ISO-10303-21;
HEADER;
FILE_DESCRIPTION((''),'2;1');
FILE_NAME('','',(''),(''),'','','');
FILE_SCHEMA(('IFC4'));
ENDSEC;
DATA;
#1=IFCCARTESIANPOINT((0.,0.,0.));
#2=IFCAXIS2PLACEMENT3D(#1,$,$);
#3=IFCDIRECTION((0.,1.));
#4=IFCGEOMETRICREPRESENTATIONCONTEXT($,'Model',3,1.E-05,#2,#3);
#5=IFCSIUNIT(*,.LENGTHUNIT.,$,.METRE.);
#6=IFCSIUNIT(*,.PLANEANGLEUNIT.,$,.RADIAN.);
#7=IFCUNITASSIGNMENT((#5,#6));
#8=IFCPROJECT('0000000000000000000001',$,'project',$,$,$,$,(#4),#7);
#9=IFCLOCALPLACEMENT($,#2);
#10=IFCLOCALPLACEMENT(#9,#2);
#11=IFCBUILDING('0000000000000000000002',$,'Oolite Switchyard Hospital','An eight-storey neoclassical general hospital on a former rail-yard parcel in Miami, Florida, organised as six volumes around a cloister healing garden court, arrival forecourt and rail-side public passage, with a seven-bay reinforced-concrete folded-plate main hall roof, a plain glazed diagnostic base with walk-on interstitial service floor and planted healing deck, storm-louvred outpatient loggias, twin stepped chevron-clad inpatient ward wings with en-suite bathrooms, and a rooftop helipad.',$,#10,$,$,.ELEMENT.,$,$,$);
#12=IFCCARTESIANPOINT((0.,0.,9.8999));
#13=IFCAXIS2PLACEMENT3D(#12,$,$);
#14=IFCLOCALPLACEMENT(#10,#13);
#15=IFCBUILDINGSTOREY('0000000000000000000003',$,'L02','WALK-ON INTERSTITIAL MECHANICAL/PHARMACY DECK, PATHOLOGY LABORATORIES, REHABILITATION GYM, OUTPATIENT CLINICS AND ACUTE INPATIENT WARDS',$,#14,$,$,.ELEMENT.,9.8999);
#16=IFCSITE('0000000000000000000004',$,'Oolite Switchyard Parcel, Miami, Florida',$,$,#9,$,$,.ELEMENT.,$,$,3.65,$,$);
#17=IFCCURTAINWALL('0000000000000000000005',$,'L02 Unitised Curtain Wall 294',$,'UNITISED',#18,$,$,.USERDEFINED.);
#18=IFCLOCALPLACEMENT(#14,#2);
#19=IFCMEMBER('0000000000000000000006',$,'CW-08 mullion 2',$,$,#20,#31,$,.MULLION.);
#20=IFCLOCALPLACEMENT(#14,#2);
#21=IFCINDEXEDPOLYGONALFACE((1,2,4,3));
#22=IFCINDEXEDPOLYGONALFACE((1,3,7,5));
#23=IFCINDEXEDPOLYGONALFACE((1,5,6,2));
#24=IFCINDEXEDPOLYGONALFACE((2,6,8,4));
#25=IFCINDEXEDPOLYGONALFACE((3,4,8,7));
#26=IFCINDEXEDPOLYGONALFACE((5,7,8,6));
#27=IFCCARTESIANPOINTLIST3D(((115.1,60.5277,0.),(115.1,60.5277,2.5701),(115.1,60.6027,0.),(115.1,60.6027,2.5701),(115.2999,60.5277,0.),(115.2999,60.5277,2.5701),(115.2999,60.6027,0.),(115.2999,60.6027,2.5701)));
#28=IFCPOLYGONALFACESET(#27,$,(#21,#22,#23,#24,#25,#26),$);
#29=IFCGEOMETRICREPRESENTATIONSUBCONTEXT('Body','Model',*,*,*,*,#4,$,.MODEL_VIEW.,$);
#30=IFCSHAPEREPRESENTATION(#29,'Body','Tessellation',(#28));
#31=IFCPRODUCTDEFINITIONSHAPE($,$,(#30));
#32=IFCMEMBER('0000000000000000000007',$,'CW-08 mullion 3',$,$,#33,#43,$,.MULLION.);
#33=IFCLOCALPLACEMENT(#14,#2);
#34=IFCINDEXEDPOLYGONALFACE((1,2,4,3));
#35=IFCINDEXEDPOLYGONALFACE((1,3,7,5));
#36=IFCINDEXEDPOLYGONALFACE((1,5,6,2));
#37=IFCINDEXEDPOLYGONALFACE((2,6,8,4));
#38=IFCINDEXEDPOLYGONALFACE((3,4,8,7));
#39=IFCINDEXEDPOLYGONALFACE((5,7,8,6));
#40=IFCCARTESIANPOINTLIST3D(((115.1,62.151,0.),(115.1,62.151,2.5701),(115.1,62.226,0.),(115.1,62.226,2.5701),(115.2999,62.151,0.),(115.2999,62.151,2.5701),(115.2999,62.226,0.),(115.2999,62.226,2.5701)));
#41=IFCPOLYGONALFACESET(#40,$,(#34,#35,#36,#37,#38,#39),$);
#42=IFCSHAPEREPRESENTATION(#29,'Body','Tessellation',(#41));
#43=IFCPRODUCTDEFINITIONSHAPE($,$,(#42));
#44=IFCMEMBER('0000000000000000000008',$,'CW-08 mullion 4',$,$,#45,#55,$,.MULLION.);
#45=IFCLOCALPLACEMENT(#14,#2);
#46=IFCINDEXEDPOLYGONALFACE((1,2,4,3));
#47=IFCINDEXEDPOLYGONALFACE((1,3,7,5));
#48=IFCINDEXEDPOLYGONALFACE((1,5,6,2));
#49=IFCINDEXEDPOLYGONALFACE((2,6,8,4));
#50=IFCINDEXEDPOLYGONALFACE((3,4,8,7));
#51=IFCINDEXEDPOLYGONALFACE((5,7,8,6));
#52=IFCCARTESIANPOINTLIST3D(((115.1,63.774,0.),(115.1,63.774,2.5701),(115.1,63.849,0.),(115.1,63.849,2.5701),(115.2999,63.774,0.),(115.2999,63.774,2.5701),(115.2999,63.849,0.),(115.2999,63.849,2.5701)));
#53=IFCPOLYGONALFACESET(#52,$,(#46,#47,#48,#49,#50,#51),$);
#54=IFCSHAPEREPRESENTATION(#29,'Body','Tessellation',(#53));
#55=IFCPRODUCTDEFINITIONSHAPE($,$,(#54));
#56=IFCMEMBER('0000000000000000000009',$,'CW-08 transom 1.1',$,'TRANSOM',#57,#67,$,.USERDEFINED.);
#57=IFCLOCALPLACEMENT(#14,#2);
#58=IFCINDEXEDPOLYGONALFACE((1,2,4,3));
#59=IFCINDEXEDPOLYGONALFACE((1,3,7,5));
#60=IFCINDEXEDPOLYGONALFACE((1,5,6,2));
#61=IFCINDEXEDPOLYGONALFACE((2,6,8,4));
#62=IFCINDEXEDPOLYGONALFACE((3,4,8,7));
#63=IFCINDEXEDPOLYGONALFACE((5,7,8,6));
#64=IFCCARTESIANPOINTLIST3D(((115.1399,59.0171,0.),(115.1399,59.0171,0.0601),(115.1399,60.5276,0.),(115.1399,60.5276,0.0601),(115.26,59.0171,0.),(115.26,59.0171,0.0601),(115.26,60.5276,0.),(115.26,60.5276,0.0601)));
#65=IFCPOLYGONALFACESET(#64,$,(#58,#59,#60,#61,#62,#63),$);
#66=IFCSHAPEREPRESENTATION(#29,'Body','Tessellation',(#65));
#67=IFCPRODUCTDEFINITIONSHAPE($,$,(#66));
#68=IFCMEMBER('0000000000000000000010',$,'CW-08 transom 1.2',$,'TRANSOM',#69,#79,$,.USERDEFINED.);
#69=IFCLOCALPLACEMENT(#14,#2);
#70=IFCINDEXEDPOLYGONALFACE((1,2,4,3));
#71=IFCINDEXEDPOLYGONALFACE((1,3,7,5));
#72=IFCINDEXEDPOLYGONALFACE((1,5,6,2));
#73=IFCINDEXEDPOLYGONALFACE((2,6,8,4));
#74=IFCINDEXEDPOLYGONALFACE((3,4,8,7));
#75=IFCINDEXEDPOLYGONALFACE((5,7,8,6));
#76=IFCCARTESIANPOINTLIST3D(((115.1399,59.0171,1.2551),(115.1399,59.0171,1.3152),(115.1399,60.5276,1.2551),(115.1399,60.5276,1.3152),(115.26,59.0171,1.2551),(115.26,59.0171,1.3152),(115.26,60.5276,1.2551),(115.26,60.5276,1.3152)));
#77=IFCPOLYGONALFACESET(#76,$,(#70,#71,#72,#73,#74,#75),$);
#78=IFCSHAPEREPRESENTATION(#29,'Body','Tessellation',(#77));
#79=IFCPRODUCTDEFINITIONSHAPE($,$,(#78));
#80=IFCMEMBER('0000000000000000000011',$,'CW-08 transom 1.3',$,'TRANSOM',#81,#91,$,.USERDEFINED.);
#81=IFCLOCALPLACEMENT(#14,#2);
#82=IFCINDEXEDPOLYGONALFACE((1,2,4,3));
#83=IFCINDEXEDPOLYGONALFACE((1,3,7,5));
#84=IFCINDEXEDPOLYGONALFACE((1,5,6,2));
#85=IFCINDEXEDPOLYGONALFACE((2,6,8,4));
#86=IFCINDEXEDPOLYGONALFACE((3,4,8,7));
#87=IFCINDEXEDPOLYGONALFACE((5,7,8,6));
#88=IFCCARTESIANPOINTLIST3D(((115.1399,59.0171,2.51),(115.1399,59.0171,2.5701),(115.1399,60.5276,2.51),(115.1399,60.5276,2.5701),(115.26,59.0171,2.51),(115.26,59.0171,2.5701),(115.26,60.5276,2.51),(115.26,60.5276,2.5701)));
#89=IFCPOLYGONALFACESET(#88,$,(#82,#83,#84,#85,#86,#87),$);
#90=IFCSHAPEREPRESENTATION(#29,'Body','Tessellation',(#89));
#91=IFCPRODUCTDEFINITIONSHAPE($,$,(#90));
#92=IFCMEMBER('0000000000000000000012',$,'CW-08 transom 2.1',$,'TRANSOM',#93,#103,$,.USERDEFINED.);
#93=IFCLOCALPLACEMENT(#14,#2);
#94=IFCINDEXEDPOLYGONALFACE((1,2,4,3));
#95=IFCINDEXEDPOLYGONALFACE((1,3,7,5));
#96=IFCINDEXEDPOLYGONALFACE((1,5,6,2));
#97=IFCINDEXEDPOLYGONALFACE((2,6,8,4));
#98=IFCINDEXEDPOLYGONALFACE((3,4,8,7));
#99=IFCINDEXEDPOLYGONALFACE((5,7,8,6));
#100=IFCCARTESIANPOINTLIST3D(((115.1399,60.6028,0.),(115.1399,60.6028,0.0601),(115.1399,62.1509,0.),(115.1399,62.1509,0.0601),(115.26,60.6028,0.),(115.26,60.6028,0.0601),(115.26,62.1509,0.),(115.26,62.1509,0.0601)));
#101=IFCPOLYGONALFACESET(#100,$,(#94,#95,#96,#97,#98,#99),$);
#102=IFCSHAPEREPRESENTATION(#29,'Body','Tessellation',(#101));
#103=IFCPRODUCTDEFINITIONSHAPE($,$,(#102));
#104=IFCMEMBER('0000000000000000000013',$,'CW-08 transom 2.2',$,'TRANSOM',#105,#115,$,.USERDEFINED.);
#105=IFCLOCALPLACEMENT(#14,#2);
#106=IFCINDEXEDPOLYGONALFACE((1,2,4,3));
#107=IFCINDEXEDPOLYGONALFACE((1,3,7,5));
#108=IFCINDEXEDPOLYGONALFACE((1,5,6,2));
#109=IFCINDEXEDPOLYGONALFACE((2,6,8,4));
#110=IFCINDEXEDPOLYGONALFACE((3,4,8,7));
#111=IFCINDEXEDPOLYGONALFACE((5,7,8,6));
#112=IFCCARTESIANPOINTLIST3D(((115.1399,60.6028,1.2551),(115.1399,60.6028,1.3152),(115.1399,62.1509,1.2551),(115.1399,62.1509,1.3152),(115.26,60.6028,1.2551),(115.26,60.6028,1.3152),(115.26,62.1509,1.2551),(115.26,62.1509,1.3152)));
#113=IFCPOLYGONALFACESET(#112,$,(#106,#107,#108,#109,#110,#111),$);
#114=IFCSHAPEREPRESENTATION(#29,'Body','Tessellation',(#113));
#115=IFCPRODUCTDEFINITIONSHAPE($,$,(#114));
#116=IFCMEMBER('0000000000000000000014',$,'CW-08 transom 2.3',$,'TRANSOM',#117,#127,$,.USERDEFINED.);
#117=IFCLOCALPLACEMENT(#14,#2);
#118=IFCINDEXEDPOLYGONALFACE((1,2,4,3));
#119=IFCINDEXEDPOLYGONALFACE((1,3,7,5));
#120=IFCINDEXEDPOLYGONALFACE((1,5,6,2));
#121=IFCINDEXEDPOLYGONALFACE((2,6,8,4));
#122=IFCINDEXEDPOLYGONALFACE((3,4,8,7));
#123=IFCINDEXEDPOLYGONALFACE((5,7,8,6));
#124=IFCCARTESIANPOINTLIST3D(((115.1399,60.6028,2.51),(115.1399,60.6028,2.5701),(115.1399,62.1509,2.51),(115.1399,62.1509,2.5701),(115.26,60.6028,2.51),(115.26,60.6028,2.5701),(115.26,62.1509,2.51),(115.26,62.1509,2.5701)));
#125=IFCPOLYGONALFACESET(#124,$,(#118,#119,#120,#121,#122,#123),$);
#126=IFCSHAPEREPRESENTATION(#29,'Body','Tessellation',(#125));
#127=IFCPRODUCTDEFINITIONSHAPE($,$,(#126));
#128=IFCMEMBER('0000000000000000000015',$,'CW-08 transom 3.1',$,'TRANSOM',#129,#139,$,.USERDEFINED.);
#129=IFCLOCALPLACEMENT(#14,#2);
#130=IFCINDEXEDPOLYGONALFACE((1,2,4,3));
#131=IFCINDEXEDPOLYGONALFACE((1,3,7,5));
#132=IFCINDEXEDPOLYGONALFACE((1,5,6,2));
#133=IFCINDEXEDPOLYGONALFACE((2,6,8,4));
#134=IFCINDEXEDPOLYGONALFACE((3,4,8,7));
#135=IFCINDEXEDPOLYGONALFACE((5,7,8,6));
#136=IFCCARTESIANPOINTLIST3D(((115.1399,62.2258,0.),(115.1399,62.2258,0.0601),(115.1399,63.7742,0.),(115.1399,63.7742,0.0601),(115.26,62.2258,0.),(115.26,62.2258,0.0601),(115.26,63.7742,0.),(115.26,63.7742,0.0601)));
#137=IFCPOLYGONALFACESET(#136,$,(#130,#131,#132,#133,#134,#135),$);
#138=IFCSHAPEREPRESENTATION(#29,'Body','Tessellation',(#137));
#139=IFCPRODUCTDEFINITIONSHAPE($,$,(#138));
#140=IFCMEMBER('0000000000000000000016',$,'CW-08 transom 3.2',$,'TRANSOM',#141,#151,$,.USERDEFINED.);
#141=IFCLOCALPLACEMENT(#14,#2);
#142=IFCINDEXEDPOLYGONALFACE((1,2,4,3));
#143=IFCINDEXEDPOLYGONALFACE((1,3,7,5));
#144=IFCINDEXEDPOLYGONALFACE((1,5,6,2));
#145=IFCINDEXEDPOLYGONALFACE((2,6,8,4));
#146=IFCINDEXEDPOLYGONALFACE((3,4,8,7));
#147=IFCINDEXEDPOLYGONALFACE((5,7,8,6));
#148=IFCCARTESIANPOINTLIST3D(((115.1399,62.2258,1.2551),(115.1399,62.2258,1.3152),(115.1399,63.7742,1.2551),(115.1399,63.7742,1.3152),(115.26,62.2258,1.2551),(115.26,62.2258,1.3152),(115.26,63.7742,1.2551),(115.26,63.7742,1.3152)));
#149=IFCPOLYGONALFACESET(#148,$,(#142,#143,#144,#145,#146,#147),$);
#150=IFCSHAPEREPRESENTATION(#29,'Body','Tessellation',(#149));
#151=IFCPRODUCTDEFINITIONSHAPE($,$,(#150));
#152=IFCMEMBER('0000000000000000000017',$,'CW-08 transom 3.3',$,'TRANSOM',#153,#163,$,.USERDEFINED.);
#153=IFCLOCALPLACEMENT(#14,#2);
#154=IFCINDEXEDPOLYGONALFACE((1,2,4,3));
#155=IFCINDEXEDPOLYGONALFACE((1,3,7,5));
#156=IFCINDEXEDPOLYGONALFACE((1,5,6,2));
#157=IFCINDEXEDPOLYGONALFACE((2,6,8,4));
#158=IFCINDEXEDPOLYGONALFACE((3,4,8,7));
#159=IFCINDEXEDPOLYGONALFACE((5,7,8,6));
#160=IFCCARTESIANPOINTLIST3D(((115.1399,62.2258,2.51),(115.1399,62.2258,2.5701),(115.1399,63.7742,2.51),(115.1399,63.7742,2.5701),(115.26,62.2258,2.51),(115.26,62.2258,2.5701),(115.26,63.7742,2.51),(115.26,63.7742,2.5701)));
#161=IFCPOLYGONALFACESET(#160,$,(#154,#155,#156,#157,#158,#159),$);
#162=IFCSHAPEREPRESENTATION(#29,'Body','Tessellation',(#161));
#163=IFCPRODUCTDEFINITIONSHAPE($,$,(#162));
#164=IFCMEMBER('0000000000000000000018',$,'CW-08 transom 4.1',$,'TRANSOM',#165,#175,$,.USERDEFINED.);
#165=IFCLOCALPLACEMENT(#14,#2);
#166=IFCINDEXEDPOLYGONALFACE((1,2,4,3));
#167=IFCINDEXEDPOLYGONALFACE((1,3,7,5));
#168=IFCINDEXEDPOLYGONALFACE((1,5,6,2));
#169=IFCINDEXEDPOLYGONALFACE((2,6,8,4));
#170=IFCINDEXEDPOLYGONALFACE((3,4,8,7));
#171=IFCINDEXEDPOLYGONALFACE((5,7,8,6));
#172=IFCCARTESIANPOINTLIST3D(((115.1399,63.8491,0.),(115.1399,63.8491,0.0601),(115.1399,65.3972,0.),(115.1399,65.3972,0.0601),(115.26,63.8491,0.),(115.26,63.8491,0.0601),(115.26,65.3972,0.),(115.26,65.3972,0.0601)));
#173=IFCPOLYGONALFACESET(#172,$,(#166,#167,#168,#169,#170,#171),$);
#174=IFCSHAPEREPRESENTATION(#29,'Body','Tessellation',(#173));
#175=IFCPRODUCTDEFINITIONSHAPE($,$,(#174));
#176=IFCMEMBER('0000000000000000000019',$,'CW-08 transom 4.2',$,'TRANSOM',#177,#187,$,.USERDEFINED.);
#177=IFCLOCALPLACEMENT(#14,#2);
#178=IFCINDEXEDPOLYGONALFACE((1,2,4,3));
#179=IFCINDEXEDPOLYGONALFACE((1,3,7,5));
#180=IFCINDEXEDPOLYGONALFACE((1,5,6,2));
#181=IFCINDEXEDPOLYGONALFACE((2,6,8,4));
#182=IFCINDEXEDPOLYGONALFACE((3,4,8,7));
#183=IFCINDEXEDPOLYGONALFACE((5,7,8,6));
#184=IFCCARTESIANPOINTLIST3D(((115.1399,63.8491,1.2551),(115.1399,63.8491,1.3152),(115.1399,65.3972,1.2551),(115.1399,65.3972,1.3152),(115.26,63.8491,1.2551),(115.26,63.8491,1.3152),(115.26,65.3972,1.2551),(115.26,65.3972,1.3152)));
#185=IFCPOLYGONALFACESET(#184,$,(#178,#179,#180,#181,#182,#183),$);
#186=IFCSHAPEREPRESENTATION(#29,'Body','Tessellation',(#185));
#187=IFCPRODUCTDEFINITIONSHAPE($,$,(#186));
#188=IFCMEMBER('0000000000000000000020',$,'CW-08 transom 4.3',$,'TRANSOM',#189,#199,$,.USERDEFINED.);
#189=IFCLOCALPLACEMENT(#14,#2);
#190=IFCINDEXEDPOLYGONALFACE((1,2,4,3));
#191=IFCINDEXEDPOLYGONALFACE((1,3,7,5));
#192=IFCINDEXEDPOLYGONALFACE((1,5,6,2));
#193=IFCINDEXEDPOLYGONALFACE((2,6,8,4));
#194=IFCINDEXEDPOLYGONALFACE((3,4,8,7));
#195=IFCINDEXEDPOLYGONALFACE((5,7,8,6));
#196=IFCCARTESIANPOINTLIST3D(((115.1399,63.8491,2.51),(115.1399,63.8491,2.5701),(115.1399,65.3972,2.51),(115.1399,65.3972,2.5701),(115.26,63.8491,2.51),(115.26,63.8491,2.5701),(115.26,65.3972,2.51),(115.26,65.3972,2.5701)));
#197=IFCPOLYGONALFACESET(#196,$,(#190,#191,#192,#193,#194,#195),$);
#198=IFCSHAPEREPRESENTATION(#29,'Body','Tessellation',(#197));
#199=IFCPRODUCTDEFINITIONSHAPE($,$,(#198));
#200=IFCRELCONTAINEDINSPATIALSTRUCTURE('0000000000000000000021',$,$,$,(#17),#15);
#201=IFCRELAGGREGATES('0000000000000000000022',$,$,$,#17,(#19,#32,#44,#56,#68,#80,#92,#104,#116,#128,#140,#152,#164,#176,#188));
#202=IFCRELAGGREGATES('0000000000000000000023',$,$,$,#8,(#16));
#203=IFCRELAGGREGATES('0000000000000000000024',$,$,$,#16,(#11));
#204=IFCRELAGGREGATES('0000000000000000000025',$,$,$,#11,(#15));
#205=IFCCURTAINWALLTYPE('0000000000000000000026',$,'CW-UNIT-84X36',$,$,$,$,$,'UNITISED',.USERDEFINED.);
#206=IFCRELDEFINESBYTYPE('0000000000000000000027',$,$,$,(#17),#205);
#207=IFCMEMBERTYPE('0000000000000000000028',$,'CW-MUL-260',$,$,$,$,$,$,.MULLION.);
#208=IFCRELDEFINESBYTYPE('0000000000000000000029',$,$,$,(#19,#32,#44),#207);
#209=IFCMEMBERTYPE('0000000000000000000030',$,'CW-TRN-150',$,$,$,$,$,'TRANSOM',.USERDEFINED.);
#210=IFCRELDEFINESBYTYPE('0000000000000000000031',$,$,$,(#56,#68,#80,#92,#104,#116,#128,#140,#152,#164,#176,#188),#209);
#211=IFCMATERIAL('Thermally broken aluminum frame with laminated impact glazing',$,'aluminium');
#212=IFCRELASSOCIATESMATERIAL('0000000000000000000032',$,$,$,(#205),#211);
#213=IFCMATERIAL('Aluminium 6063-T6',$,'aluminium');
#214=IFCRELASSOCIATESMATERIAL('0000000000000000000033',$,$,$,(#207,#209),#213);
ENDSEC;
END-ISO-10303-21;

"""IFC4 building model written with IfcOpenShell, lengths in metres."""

from ifc_helpers import new_model, si_unit, direction, frame, origin, origin_2d, place, context, subcontext, project, spatial, rectangle, extrude, material, material_profile, profile_set, type_object, element, aggregate, save


model = new_model("IFC4")

# Units and contexts
model_context = context("Model", 3, precision=1e-05, world=origin(), true_north=direction((0.0, 1.0)))
body_context = subcontext(model_context, "Body", "Model", "MODEL_VIEW")
ifc_project = project(units=[si_unit("LENGTHUNIT", "METRE"), si_unit("PLANEANGLEUNIT", "RADIAN")], contexts=[model_context])

# Site, building, storey
site_placement = place(None, origin())
site = spatial("IfcSite", under=ifc_project, at=site_placement, Name="Oolite Switchyard Parcel, Miami, Florida", CompositionType="ELEMENT", RefElevation=3.65)
building_placement = place(site_placement, origin())
building = spatial("IfcBuilding", under=site, at=building_placement, Name="Oolite Switchyard Hospital", Description="An eight-storey neoclassical general hospital on a former rail-yard parcel in Miami, Florida, organised as six volumes around a cloister healing garden court, arrival forecourt and rail-side public passage, with a seven-bay reinforced-concrete folded-plate main hall roof, a plain glazed diagnostic base with walk-on interstitial service floor and planted healing deck, storm-louvred outpatient loggias, twin stepped chevron-clad inpatient ward wings with en-suite bathrooms, and a rooftop helipad.", CompositionType="ELEMENT")
storey_placement = place(building_placement, frame((0.0, 0.0, 9.8999)))
storey = spatial("IfcBuildingStorey", under=building, at=storey_placement, Name="L02", Description="WALK-ON INTERSTITIAL MECHANICAL/PHARMACY DECK, PATHOLOGY LABORATORIES, REHABILITATION GYM, OUTPATIENT CLINICS AND ACUTE INPATIENT WARDS", CompositionType="ELEMENT", Elevation=9.8999)

# Curtain wall, members
ifc_material_1 = material(Name="Thermally broken aluminum frame with laminated impact glazing", Category="aluminium")
curtain_wall_type = type_object("IfcCurtainWallType", Name="CW-UNIT-84X36", ElementType="UNITISED", PredefinedType="USERDEFINED", material=ifc_material_1)
curtain_wall_placement = place(storey_placement, origin())
curtain_wall = element("IfcCurtainWall", 1, at=curtain_wall_placement, inside=storey, type_object=curtain_wall_type, Name="L02 Unitised Curtain Wall 294", ObjectType="UNITISED", PredefinedType="USERDEFINED")
ifc_material_2 = material(Name="Aluminium 6063-T6", Category="aluminium")
ifc_material_profile_1 = material_profile(ifc_material_2, rectangle(XDim=0.2, YDim=0.075, at=origin_2d()), Name="CWM75X200")
ifc_profile_set_1 = profile_set([ifc_material_profile_1], Name="Aluminium 6063-T6")
member_type_1 = type_object("IfcMemberType", Name="CW-MUL-260", PredefinedType="MULLION", material=ifc_profile_set_1)
member_1_placement = place(storey_placement, frame((115.2, 60.5652, 0.0), z_axis=(0.0, 0.0, 1.0), x_axis=(-1.0, 0.0, 0.0)))
member_1 = element("IfcMember", 2, at=member_1_placement, type_object=member_type_1, Name="CW-08 mullion 2", PredefinedType="MULLION", context=body_context, shape_type="SweptSolid", body=[
    extrude(rectangle(XDim=0.2, YDim=0.075, at=origin_2d()), origin(), (0.0, 0.0, 1.0), 2.5701),
])
member_2_placement = place(storey_placement, frame((115.2, 62.1885, 0.0), z_axis=(0.0, 0.0, 1.0), x_axis=(-1.0, 0.0, 0.0)))
member_2 = element("IfcMember", 3, at=member_2_placement, type_object=member_type_1, Name="CW-08 mullion 3", PredefinedType="MULLION", context=body_context, shape_type="SweptSolid", body=[
    extrude(rectangle(XDim=0.2, YDim=0.075, at=origin_2d()), origin(), (0.0, 0.0, 1.0), 2.5701),
])
member_3_placement = place(storey_placement, frame((115.2, 63.8115, 0.0), z_axis=(0.0, 0.0, 1.0), x_axis=(-1.0, 0.0, 0.0)))
member_3 = element("IfcMember", 4, at=member_3_placement, type_object=member_type_1, Name="CW-08 mullion 4", PredefinedType="MULLION", context=body_context, shape_type="SweptSolid", body=[
    extrude(rectangle(XDim=0.2, YDim=0.075, at=origin_2d()), origin(), (0.0, 0.0, 1.0), 2.5701),
])
ifc_material_profile_2 = material_profile(ifc_material_2, rectangle(XDim=0.1201, YDim=0.0601, at=origin_2d()), Name="CWT60X120")
ifc_profile_set_2 = profile_set([ifc_material_profile_2], Name="Aluminium 6063-T6")
member_type_2 = type_object("IfcMemberType", Name="CW-TRN-150", ElementType="TRANSOM", PredefinedType="USERDEFINED", material=ifc_profile_set_2)
member_4_placement = place(storey_placement, frame((115.2, 59.0171, 0.03), z_axis=(0.0, 1.0, 0.0), x_axis=(-1.0, 0.0, 0.0)))
member_4 = element("IfcMember", 5, at=member_4_placement, type_object=member_type_2, Name="CW-08 transom 1.1", ObjectType="TRANSOM", PredefinedType="USERDEFINED", context=body_context, shape_type="SweptSolid", body=[
    extrude(rectangle(XDim=0.1201, YDim=0.0601, at=origin_2d()), origin(), (0.0, 0.0, 1.0), 1.5105),
])
member_5_placement = place(storey_placement, frame((115.2, 59.0171, 1.2852), z_axis=(0.0, 1.0, 0.0), x_axis=(-1.0, 0.0, 0.0)))
member_5 = element("IfcMember", 6, at=member_5_placement, type_object=member_type_2, Name="CW-08 transom 1.2", ObjectType="TRANSOM", PredefinedType="USERDEFINED", context=body_context, shape_type="SweptSolid", body=[
    extrude(rectangle(XDim=0.1201, YDim=0.0601, at=origin_2d()), origin(), (0.0, 0.0, 1.0), 1.5105),
])
member_6_placement = place(storey_placement, frame((115.2, 59.0171, 2.54), z_axis=(0.0, 1.0, 0.0), x_axis=(-1.0, 0.0, 0.0)))
member_6 = element("IfcMember", 7, at=member_6_placement, type_object=member_type_2, Name="CW-08 transom 1.3", ObjectType="TRANSOM", PredefinedType="USERDEFINED", context=body_context, shape_type="SweptSolid", body=[
    extrude(rectangle(XDim=0.1201, YDim=0.0601, at=origin_2d()), origin(), (0.0, 0.0, 1.0), 1.5105),
])
member_7_placement = place(storey_placement, frame((115.2, 60.6028, 0.03), z_axis=(0.0, 1.0, 0.0), x_axis=(-1.0, 0.0, 0.0)))
member_7 = element("IfcMember", 8, at=member_7_placement, type_object=member_type_2, Name="CW-08 transom 2.1", ObjectType="TRANSOM", PredefinedType="USERDEFINED", context=body_context, shape_type="SweptSolid", body=[
    extrude(rectangle(XDim=0.1201, YDim=0.0601, at=origin_2d()), origin(), (0.0, 0.0, 1.0), 1.5481),
])
member_8_placement = place(storey_placement, frame((115.2, 60.6028, 1.2852), z_axis=(0.0, 1.0, 0.0), x_axis=(-1.0, 0.0, 0.0)))
member_8 = element("IfcMember", 9, at=member_8_placement, type_object=member_type_2, Name="CW-08 transom 2.2", ObjectType="TRANSOM", PredefinedType="USERDEFINED", context=body_context, shape_type="SweptSolid", body=[
    extrude(rectangle(XDim=0.1201, YDim=0.0601, at=origin_2d()), origin(), (0.0, 0.0, 1.0), 1.5481),
])
member_9_placement = place(storey_placement, frame((115.2, 60.6028, 2.54), z_axis=(0.0, 1.0, 0.0), x_axis=(-1.0, 0.0, 0.0)))
member_9 = element("IfcMember", 10, at=member_9_placement, type_object=member_type_2, Name="CW-08 transom 2.3", ObjectType="TRANSOM", PredefinedType="USERDEFINED", context=body_context, shape_type="SweptSolid", body=[
    extrude(rectangle(XDim=0.1201, YDim=0.0601, at=origin_2d()), origin(), (0.0, 0.0, 1.0), 1.5481),
])
member_10_placement = place(storey_placement, frame((115.2, 62.2258, 0.03), z_axis=(0.0, 1.0, 0.0), x_axis=(-1.0, 0.0, 0.0)))
member_10 = element("IfcMember", 11, at=member_10_placement, type_object=member_type_2, Name="CW-08 transom 3.1", ObjectType="TRANSOM", PredefinedType="USERDEFINED", context=body_context, shape_type="SweptSolid", body=[
    extrude(rectangle(XDim=0.1201, YDim=0.0601, at=origin_2d()), origin(), (0.0, 0.0, 1.0), 1.5483),
])
member_11_placement = place(storey_placement, frame((115.2, 62.2258, 1.2852), z_axis=(0.0, 1.0, 0.0), x_axis=(-1.0, 0.0, 0.0)))
member_11 = element("IfcMember", 12, at=member_11_placement, type_object=member_type_2, Name="CW-08 transom 3.2", ObjectType="TRANSOM", PredefinedType="USERDEFINED", context=body_context, shape_type="SweptSolid", body=[
    extrude(rectangle(XDim=0.1201, YDim=0.0601, at=origin_2d()), origin(), (0.0, 0.0, 1.0), 1.5483),
])
member_12_placement = place(storey_placement, frame((115.2, 62.2258, 2.54), z_axis=(0.0, 1.0, 0.0), x_axis=(-1.0, 0.0, 0.0)))
member_12 = element("IfcMember", 13, at=member_12_placement, type_object=member_type_2, Name="CW-08 transom 3.3", ObjectType="TRANSOM", PredefinedType="USERDEFINED", context=body_context, shape_type="SweptSolid", body=[
    extrude(rectangle(XDim=0.1201, YDim=0.0601, at=origin_2d()), origin(), (0.0, 0.0, 1.0), 1.5483),
])
member_13_placement = place(storey_placement, frame((115.2, 63.8491, 0.03), z_axis=(0.0, 1.0, 0.0), x_axis=(-1.0, 0.0, 0.0)))
member_13 = element("IfcMember", 14, at=member_13_placement, type_object=member_type_2, Name="CW-08 transom 4.1", ObjectType="TRANSOM", PredefinedType="USERDEFINED", context=body_context, shape_type="SweptSolid", body=[
    extrude(rectangle(XDim=0.1201, YDim=0.0601, at=origin_2d()), origin(), (0.0, 0.0, 1.0), 1.5481),
])
member_14_placement = place(storey_placement, frame((115.2, 63.8491, 1.2852), z_axis=(0.0, 1.0, 0.0), x_axis=(-1.0, 0.0, 0.0)))
member_14 = element("IfcMember", 15, at=member_14_placement, type_object=member_type_2, Name="CW-08 transom 4.2", ObjectType="TRANSOM", PredefinedType="USERDEFINED", context=body_context, shape_type="SweptSolid", body=[
    extrude(rectangle(XDim=0.1201, YDim=0.0601, at=origin_2d()), origin(), (0.0, 0.0, 1.0), 1.5481),
])
member_15_placement = place(storey_placement, frame((115.2, 63.8491, 2.54), z_axis=(0.0, 1.0, 0.0), x_axis=(-1.0, 0.0, 0.0)))
member_15 = element("IfcMember", 16, at=member_15_placement, type_object=member_type_2, Name="CW-08 transom 4.3", ObjectType="TRANSOM", PredefinedType="USERDEFINED", context=body_context, shape_type="SweptSolid", body=[
    extrude(rectangle(XDim=0.1201, YDim=0.0601, at=origin_2d()), origin(), (0.0, 0.0, 1.0), 1.5481),
])
aggregate(curtain_wall, [member_1, member_2, member_3, member_4, member_5, member_6, member_7, member_8, member_9, member_10, member_11, member_12, member_13, member_14, member_15])

save(model, "model.ifc")
